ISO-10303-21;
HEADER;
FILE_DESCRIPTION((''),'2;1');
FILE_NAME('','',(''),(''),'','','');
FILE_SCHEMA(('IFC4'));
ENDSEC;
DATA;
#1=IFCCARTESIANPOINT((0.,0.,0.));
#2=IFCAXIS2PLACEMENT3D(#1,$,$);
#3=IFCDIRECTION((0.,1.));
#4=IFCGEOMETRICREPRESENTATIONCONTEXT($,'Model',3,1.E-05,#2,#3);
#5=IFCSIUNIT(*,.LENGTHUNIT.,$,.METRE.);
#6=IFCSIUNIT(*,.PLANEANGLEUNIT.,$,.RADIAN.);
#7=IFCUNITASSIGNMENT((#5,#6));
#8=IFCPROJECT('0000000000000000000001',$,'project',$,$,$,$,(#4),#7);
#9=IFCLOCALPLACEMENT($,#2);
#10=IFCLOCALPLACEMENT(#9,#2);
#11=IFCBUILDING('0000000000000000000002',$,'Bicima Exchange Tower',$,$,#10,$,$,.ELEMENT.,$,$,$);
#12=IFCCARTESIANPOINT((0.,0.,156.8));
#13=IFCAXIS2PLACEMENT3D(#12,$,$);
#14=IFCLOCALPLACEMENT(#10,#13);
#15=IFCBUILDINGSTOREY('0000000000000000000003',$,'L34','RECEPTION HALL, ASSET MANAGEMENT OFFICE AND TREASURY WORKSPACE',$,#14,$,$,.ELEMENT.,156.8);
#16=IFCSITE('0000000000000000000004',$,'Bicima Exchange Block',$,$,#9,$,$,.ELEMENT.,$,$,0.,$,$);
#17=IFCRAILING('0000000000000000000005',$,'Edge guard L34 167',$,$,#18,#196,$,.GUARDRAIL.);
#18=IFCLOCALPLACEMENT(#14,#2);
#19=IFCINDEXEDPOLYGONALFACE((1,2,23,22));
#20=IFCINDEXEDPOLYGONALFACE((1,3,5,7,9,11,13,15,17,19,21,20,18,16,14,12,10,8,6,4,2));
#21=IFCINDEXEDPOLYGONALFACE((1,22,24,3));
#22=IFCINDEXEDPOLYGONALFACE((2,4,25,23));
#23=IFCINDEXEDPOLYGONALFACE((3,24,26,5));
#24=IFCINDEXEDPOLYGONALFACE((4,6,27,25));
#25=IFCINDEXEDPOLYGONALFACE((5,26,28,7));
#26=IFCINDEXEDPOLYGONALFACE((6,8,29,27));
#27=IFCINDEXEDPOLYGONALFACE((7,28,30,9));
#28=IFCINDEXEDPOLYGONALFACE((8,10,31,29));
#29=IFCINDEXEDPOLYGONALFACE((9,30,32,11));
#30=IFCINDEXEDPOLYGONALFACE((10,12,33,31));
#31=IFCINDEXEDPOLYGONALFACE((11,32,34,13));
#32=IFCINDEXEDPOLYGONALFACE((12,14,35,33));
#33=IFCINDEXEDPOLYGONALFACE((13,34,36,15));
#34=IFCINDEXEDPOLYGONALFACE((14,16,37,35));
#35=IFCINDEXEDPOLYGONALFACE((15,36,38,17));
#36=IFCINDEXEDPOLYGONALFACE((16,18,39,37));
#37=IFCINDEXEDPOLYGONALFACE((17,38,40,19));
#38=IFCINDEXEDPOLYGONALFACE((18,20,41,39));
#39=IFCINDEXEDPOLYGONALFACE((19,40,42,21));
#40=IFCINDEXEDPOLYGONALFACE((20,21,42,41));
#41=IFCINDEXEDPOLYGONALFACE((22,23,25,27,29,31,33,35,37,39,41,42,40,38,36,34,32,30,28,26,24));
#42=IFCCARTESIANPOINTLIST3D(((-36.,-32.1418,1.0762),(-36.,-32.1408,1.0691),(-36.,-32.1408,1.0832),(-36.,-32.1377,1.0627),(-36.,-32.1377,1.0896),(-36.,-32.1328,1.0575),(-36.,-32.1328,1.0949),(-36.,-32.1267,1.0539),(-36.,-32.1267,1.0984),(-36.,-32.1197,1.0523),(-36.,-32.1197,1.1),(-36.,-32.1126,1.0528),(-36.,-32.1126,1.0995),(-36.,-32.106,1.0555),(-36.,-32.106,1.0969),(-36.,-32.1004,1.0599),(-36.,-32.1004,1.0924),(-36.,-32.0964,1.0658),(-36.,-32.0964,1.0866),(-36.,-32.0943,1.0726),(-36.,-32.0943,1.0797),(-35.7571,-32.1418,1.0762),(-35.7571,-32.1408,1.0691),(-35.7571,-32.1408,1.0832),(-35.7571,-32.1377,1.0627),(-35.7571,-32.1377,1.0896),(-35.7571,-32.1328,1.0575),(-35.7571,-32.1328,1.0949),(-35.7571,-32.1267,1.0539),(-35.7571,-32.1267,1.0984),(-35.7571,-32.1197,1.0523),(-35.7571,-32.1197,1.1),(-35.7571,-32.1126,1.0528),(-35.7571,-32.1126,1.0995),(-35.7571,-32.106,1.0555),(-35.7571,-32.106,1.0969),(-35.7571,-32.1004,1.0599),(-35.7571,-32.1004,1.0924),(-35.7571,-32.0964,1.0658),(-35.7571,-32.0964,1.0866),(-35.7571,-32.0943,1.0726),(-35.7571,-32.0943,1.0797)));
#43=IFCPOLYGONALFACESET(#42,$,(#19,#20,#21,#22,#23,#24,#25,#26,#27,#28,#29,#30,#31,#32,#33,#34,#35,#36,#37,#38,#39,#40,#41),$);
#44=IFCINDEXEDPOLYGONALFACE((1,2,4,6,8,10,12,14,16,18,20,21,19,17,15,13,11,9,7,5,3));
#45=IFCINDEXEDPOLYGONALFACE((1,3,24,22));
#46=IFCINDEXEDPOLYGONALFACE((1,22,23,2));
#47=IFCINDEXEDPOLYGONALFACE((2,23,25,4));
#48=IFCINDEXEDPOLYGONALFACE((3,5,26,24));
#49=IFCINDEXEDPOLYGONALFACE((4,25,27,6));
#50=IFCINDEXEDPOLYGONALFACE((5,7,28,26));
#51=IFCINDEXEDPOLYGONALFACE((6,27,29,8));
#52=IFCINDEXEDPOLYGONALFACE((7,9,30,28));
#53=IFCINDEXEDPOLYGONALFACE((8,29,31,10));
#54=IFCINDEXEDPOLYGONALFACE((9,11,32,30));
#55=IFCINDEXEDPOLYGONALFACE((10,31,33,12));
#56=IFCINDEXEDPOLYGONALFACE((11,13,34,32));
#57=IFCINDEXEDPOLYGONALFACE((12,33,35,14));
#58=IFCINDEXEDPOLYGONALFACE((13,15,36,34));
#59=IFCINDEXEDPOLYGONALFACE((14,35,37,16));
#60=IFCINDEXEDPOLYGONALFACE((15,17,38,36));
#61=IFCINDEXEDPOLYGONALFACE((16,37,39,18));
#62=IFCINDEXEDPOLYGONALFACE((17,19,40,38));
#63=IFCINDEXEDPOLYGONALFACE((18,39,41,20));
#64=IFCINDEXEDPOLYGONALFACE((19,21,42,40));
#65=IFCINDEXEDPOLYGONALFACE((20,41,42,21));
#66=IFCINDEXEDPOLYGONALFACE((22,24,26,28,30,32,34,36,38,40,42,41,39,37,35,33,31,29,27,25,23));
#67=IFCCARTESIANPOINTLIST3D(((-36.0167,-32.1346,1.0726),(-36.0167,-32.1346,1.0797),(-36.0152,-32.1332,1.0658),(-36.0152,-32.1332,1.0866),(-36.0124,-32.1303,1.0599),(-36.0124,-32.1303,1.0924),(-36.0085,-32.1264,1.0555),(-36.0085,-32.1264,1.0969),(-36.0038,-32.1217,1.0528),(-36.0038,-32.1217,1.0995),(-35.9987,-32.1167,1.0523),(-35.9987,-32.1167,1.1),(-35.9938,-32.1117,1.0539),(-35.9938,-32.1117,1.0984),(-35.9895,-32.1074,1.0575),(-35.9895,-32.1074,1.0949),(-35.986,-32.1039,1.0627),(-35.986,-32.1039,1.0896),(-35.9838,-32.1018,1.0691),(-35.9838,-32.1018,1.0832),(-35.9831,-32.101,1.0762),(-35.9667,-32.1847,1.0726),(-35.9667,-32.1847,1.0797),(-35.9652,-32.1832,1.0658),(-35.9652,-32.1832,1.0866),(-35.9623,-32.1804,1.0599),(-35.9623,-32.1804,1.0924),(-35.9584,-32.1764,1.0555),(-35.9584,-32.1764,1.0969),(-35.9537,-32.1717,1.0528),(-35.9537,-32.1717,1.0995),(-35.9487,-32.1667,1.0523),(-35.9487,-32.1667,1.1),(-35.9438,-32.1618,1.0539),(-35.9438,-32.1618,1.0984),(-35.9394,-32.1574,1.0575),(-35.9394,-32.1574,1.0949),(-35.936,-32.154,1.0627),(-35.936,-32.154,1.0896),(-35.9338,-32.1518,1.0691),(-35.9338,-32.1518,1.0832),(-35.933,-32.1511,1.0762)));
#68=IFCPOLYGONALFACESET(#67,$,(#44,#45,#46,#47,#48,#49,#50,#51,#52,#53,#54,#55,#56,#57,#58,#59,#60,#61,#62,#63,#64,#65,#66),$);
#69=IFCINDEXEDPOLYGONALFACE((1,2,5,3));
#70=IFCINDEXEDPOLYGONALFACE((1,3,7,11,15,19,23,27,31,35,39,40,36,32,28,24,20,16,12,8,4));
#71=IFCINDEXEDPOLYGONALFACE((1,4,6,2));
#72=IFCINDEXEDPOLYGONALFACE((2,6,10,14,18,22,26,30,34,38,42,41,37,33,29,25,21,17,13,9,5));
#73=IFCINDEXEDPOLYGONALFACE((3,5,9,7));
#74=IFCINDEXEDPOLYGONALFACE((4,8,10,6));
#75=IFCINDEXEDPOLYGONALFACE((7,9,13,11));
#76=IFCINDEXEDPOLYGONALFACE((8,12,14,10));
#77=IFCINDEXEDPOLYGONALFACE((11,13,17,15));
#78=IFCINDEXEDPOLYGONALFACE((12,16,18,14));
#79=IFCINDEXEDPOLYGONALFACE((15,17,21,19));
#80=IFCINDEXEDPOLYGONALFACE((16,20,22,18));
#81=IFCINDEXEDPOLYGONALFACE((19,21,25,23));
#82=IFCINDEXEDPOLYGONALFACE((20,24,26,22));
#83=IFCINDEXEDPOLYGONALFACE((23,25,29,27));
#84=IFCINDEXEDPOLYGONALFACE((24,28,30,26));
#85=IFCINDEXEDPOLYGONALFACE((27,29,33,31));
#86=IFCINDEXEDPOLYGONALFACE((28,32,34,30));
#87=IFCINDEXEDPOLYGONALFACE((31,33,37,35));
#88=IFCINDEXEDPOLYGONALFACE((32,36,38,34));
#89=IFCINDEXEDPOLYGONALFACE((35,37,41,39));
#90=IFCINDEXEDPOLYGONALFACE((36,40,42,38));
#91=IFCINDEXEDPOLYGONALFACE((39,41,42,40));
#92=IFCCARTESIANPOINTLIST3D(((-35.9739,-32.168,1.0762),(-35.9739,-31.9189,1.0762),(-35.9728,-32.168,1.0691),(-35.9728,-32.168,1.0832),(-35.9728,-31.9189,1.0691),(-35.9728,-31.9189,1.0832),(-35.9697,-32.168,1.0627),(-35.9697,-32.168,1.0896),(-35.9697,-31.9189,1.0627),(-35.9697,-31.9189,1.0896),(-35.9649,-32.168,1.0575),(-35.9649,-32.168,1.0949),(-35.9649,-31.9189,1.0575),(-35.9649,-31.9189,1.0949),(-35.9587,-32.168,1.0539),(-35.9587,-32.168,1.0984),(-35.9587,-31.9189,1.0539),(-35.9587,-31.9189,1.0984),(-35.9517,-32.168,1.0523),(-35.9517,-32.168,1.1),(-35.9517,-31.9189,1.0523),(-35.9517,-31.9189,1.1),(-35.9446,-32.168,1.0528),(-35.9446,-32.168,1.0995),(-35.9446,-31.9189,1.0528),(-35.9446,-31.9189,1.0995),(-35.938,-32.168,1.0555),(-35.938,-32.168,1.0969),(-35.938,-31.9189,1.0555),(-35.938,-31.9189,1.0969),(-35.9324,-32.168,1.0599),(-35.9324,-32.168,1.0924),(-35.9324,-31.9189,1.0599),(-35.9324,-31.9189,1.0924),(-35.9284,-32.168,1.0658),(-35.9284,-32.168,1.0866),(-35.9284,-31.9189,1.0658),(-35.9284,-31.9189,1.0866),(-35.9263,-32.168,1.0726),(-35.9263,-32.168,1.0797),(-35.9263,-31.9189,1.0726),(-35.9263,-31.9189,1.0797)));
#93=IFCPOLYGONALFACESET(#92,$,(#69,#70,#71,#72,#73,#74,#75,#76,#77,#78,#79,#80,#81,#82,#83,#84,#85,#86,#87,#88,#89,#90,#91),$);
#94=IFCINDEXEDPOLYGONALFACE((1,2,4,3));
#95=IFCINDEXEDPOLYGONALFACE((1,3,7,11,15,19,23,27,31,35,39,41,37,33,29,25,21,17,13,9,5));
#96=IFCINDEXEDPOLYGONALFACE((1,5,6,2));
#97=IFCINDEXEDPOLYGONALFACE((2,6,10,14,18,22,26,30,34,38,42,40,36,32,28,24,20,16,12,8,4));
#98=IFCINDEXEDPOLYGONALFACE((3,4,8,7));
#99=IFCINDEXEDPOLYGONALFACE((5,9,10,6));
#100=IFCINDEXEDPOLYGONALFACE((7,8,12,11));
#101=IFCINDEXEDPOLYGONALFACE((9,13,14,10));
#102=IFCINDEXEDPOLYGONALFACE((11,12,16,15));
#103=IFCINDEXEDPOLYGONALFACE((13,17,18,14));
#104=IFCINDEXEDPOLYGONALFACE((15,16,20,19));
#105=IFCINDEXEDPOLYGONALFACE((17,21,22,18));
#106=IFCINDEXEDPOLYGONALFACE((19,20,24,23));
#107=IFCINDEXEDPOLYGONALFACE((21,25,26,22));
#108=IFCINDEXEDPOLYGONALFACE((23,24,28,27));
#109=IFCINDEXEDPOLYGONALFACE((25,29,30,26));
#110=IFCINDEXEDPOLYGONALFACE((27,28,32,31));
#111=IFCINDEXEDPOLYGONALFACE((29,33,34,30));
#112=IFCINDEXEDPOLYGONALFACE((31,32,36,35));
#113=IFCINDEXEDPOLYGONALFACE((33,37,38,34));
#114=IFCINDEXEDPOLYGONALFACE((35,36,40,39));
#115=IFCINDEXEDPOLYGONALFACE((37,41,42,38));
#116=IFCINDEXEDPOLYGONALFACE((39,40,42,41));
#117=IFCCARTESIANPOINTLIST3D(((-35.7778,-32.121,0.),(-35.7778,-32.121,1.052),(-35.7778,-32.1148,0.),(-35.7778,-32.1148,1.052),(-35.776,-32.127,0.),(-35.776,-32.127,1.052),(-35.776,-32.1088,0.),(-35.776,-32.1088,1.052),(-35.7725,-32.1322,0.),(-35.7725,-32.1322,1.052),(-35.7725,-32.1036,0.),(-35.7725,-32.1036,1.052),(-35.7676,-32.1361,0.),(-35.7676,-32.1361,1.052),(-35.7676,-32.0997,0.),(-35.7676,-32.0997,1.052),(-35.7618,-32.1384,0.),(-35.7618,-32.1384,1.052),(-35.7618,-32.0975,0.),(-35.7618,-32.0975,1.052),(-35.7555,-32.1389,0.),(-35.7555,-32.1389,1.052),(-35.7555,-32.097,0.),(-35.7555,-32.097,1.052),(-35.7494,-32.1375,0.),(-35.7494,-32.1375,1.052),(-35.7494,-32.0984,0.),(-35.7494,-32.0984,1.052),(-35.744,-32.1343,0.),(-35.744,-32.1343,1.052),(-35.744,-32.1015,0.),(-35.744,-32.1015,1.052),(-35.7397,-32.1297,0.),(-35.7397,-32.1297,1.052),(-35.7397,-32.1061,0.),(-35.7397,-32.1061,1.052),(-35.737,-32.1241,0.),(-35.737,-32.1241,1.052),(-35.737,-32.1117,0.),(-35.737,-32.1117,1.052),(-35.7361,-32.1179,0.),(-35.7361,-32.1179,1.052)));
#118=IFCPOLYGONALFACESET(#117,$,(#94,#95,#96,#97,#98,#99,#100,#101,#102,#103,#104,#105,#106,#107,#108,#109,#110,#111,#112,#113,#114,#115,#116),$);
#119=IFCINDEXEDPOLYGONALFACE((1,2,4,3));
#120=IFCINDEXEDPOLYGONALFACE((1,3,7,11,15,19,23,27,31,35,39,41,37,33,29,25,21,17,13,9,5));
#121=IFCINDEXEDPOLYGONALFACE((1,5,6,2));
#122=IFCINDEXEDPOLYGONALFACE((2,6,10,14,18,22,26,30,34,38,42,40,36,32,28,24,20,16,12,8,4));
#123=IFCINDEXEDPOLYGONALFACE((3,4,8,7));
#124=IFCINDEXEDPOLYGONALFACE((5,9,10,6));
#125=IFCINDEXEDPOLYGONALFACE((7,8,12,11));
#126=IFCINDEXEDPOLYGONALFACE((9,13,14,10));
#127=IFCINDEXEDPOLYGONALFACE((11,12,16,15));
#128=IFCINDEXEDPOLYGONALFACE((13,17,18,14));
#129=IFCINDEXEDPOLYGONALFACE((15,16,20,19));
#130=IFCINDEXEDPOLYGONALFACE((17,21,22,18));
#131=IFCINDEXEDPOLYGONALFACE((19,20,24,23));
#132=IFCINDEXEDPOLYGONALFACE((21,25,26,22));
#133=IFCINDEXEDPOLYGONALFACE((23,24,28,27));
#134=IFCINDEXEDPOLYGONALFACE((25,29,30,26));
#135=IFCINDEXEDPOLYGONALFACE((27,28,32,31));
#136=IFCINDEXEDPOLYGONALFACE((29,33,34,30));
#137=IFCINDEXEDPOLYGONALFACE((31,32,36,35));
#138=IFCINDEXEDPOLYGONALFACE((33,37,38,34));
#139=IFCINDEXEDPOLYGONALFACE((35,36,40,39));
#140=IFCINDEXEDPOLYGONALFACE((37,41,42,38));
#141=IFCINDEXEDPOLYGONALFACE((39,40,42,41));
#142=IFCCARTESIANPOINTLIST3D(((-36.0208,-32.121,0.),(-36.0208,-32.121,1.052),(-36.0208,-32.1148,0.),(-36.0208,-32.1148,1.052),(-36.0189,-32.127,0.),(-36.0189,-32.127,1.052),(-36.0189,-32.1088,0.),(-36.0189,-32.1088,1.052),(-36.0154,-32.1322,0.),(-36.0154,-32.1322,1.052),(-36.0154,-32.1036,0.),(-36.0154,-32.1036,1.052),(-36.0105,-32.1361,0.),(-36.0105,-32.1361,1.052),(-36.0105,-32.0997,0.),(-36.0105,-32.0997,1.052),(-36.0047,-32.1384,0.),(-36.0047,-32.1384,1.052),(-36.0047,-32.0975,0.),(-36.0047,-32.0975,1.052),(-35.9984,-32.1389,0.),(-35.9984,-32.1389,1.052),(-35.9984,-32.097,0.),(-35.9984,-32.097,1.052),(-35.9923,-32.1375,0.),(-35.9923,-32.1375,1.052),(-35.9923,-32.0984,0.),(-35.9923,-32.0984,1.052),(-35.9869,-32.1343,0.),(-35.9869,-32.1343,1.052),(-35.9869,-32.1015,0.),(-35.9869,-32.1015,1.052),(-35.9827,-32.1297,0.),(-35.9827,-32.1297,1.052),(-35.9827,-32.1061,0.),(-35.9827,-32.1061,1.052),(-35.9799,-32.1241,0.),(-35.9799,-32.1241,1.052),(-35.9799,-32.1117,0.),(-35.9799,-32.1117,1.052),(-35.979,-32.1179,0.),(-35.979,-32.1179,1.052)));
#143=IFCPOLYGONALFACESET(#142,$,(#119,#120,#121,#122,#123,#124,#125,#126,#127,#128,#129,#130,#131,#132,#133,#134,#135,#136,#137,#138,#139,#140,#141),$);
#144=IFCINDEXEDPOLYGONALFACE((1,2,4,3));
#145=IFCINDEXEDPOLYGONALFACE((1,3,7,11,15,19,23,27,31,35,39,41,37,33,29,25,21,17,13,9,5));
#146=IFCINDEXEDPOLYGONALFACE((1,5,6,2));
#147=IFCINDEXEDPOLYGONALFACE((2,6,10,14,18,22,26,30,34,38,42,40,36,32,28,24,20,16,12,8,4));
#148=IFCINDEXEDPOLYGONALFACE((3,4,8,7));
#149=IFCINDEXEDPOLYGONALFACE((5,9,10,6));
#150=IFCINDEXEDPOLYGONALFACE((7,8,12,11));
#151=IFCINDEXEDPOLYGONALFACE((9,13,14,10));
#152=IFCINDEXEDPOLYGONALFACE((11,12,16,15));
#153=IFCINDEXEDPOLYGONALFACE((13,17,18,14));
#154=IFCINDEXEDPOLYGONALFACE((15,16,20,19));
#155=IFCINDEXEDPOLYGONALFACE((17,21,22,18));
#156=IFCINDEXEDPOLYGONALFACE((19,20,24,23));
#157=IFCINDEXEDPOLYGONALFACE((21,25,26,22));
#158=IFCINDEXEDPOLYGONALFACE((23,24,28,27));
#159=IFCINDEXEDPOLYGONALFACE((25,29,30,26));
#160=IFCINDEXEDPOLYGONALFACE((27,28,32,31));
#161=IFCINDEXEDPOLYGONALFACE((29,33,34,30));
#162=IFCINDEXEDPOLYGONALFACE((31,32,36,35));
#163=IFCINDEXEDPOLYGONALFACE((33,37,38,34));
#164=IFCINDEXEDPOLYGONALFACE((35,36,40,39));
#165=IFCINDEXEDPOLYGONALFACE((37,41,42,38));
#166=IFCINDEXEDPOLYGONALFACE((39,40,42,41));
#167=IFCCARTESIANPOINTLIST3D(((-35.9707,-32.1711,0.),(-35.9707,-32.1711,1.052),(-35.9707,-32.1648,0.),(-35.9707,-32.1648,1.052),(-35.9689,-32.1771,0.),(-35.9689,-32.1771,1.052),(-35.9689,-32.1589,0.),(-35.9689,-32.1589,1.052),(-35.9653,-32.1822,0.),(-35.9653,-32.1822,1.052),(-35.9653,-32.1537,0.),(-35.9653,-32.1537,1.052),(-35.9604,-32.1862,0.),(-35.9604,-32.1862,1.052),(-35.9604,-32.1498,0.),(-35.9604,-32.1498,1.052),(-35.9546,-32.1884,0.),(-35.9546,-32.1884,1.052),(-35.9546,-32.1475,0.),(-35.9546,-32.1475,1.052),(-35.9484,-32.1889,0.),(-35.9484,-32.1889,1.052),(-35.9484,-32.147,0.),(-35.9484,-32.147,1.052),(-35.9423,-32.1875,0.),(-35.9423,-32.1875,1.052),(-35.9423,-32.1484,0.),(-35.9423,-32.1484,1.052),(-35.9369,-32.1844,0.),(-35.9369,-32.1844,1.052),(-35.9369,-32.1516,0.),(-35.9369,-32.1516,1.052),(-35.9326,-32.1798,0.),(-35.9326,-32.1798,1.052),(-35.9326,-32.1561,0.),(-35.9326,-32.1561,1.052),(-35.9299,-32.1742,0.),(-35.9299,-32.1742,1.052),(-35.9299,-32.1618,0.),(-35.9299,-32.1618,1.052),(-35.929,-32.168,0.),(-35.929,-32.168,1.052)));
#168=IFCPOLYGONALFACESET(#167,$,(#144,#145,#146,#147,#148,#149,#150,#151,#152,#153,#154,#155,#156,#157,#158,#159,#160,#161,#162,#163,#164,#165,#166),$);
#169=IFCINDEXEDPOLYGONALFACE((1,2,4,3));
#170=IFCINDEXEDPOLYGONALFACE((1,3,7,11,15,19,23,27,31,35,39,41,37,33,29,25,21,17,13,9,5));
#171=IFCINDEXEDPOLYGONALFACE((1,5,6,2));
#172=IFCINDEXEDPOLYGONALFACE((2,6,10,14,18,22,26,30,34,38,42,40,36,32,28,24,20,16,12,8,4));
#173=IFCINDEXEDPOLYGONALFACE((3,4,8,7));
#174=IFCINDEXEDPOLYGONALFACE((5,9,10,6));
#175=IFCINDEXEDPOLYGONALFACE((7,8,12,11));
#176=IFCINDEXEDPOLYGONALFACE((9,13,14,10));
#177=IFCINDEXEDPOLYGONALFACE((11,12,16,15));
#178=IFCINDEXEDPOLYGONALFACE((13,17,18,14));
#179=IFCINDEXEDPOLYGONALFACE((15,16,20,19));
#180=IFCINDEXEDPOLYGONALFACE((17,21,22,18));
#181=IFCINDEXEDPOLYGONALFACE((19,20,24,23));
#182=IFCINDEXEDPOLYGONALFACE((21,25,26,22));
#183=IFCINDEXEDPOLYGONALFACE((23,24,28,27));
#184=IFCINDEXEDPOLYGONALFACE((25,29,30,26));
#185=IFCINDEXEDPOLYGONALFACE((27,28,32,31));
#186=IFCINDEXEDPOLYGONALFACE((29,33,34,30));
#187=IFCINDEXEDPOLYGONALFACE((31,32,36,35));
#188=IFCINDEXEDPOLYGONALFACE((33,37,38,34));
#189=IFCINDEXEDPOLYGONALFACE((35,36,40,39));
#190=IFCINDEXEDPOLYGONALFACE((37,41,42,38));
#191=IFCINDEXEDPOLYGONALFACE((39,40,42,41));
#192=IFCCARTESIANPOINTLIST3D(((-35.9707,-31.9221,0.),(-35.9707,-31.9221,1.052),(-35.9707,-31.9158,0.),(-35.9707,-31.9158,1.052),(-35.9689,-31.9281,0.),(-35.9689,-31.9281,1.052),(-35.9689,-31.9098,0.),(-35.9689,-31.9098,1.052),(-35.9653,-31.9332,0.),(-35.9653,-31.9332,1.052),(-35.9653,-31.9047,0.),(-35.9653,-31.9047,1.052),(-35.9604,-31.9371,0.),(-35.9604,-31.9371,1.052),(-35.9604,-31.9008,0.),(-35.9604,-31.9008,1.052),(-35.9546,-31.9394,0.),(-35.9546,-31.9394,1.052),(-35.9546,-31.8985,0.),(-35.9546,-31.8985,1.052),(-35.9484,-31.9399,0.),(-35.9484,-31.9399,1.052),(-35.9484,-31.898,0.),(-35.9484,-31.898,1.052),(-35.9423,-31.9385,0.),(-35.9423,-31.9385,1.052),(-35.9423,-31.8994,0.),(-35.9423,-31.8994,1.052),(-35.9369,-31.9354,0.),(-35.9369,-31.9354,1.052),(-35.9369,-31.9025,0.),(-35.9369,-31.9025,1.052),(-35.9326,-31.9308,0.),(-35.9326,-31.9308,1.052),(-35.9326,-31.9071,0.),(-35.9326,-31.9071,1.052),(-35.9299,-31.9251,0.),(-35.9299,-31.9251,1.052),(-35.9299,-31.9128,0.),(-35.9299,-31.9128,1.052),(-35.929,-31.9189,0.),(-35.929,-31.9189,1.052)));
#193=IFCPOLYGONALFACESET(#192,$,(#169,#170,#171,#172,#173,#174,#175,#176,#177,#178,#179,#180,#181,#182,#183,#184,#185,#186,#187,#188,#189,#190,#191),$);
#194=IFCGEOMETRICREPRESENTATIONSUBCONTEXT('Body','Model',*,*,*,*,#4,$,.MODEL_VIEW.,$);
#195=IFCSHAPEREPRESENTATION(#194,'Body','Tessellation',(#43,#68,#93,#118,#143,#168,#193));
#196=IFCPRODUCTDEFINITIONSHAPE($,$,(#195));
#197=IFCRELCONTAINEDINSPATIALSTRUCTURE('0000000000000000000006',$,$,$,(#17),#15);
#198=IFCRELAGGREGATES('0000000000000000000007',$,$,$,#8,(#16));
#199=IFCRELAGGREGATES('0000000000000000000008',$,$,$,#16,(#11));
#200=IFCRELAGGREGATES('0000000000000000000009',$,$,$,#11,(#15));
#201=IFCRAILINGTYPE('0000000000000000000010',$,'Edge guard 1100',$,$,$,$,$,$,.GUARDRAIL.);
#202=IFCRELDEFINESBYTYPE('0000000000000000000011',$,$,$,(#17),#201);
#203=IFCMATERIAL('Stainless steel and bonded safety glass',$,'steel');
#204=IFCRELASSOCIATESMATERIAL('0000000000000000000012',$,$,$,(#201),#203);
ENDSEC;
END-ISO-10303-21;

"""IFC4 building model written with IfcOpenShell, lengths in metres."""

from ifc_helpers import new_model, si_unit, direction, frame, origin, origin_2d, place, context, subcontext, project, spatial, circle, extrude, material, type_object, element, save


model = new_model("IFC4")

# Units and contexts
model_context = context("Model", 3, precision=1e-05, world=origin(), true_north=direction((0.0, 1.0)))
body_context = subcontext(model_context, "Body", "Model", "MODEL_VIEW")
ifc_project = project(units=[si_unit("LENGTHUNIT", "METRE"), si_unit("PLANEANGLEUNIT", "RADIAN")], contexts=[model_context])

# Site, building, storey
site_placement = place(None, origin())
site = spatial("IfcSite", under=ifc_project, at=site_placement, Name="Bicima Exchange Block", CompositionType="ELEMENT", RefElevation=0.0)
building_placement = place(site_placement, origin())
building = spatial("IfcBuilding", under=site, at=building_placement, Name="Bicima Exchange Tower", CompositionType="ELEMENT")
storey_placement = place(building_placement, frame((0.0, 0.0, 156.8)))
storey = spatial("IfcBuildingStorey", under=building, at=storey_placement, Name="L34", Description="RECEPTION HALL, ASSET MANAGEMENT OFFICE AND TREASURY WORKSPACE", CompositionType="ELEMENT", Elevation=156.8)

# Railing
ifc_material_1 = material(Name="Stainless steel and bonded safety glass", Category="steel")
railing_type = type_object("IfcRailingType", Name="Edge guard 1100", PredefinedType="GUARDRAIL", material=ifc_material_1)
railing_1_placement = place(storey_placement, frame((-35.7571, -32.1179, 0.0)))
element("IfcRailing", 1, at=railing_1_placement, inside=storey, type_object=railing_type, Name="Edge guard L34 167", PredefinedType="GUARDRAIL", context=body_context, shape_type="SweptSolid", body=[
    extrude(circle(Radius=0.0239, at=origin_2d()), frame((0.0, 0.0, 1.0762), z_axis=(-1.0, 0.0, 0.0), x_axis=(0.0, -1.0, 0.0)), (0.0, 0.0, 1.0), 0.2429),
    extrude(circle(Radius=0.0239, at=origin_2d()), frame((-0.2429, 0.0, 1.0762), z_axis=(0.707107, -0.707107, 0.0), x_axis=(0.707107, 0.707107, 0.0)), (0.0, 0.0, 1.0), 0.0708),
    extrude(circle(Radius=0.0239, at=origin_2d()), frame((-0.1929, -0.05, 1.0762), z_axis=(0.0, 1.0, 0.0), x_axis=(-1.0, 0.0, 0.0)), (0.0, 0.0, 1.0), 0.249),
    extrude(circle(Radius=0.021, at=origin_2d()), origin(), (0.0, 0.0, 1.0), 1.052),
    extrude(circle(Radius=0.021, at=origin_2d()), frame((-0.2429, 0.0, 0.0)), (0.0, 0.0, 1.0), 1.052),
    extrude(circle(Radius=0.021, at=origin_2d()), frame((-0.1929, -0.05, 0.0)), (0.0, 0.0, 1.0), 1.052),
    extrude(circle(Radius=0.021, at=origin_2d()), frame((-0.1929, 0.199, 0.0)), (0.0, 0.0, 1.0), 1.052),
])

save(model, "model.ifc")
